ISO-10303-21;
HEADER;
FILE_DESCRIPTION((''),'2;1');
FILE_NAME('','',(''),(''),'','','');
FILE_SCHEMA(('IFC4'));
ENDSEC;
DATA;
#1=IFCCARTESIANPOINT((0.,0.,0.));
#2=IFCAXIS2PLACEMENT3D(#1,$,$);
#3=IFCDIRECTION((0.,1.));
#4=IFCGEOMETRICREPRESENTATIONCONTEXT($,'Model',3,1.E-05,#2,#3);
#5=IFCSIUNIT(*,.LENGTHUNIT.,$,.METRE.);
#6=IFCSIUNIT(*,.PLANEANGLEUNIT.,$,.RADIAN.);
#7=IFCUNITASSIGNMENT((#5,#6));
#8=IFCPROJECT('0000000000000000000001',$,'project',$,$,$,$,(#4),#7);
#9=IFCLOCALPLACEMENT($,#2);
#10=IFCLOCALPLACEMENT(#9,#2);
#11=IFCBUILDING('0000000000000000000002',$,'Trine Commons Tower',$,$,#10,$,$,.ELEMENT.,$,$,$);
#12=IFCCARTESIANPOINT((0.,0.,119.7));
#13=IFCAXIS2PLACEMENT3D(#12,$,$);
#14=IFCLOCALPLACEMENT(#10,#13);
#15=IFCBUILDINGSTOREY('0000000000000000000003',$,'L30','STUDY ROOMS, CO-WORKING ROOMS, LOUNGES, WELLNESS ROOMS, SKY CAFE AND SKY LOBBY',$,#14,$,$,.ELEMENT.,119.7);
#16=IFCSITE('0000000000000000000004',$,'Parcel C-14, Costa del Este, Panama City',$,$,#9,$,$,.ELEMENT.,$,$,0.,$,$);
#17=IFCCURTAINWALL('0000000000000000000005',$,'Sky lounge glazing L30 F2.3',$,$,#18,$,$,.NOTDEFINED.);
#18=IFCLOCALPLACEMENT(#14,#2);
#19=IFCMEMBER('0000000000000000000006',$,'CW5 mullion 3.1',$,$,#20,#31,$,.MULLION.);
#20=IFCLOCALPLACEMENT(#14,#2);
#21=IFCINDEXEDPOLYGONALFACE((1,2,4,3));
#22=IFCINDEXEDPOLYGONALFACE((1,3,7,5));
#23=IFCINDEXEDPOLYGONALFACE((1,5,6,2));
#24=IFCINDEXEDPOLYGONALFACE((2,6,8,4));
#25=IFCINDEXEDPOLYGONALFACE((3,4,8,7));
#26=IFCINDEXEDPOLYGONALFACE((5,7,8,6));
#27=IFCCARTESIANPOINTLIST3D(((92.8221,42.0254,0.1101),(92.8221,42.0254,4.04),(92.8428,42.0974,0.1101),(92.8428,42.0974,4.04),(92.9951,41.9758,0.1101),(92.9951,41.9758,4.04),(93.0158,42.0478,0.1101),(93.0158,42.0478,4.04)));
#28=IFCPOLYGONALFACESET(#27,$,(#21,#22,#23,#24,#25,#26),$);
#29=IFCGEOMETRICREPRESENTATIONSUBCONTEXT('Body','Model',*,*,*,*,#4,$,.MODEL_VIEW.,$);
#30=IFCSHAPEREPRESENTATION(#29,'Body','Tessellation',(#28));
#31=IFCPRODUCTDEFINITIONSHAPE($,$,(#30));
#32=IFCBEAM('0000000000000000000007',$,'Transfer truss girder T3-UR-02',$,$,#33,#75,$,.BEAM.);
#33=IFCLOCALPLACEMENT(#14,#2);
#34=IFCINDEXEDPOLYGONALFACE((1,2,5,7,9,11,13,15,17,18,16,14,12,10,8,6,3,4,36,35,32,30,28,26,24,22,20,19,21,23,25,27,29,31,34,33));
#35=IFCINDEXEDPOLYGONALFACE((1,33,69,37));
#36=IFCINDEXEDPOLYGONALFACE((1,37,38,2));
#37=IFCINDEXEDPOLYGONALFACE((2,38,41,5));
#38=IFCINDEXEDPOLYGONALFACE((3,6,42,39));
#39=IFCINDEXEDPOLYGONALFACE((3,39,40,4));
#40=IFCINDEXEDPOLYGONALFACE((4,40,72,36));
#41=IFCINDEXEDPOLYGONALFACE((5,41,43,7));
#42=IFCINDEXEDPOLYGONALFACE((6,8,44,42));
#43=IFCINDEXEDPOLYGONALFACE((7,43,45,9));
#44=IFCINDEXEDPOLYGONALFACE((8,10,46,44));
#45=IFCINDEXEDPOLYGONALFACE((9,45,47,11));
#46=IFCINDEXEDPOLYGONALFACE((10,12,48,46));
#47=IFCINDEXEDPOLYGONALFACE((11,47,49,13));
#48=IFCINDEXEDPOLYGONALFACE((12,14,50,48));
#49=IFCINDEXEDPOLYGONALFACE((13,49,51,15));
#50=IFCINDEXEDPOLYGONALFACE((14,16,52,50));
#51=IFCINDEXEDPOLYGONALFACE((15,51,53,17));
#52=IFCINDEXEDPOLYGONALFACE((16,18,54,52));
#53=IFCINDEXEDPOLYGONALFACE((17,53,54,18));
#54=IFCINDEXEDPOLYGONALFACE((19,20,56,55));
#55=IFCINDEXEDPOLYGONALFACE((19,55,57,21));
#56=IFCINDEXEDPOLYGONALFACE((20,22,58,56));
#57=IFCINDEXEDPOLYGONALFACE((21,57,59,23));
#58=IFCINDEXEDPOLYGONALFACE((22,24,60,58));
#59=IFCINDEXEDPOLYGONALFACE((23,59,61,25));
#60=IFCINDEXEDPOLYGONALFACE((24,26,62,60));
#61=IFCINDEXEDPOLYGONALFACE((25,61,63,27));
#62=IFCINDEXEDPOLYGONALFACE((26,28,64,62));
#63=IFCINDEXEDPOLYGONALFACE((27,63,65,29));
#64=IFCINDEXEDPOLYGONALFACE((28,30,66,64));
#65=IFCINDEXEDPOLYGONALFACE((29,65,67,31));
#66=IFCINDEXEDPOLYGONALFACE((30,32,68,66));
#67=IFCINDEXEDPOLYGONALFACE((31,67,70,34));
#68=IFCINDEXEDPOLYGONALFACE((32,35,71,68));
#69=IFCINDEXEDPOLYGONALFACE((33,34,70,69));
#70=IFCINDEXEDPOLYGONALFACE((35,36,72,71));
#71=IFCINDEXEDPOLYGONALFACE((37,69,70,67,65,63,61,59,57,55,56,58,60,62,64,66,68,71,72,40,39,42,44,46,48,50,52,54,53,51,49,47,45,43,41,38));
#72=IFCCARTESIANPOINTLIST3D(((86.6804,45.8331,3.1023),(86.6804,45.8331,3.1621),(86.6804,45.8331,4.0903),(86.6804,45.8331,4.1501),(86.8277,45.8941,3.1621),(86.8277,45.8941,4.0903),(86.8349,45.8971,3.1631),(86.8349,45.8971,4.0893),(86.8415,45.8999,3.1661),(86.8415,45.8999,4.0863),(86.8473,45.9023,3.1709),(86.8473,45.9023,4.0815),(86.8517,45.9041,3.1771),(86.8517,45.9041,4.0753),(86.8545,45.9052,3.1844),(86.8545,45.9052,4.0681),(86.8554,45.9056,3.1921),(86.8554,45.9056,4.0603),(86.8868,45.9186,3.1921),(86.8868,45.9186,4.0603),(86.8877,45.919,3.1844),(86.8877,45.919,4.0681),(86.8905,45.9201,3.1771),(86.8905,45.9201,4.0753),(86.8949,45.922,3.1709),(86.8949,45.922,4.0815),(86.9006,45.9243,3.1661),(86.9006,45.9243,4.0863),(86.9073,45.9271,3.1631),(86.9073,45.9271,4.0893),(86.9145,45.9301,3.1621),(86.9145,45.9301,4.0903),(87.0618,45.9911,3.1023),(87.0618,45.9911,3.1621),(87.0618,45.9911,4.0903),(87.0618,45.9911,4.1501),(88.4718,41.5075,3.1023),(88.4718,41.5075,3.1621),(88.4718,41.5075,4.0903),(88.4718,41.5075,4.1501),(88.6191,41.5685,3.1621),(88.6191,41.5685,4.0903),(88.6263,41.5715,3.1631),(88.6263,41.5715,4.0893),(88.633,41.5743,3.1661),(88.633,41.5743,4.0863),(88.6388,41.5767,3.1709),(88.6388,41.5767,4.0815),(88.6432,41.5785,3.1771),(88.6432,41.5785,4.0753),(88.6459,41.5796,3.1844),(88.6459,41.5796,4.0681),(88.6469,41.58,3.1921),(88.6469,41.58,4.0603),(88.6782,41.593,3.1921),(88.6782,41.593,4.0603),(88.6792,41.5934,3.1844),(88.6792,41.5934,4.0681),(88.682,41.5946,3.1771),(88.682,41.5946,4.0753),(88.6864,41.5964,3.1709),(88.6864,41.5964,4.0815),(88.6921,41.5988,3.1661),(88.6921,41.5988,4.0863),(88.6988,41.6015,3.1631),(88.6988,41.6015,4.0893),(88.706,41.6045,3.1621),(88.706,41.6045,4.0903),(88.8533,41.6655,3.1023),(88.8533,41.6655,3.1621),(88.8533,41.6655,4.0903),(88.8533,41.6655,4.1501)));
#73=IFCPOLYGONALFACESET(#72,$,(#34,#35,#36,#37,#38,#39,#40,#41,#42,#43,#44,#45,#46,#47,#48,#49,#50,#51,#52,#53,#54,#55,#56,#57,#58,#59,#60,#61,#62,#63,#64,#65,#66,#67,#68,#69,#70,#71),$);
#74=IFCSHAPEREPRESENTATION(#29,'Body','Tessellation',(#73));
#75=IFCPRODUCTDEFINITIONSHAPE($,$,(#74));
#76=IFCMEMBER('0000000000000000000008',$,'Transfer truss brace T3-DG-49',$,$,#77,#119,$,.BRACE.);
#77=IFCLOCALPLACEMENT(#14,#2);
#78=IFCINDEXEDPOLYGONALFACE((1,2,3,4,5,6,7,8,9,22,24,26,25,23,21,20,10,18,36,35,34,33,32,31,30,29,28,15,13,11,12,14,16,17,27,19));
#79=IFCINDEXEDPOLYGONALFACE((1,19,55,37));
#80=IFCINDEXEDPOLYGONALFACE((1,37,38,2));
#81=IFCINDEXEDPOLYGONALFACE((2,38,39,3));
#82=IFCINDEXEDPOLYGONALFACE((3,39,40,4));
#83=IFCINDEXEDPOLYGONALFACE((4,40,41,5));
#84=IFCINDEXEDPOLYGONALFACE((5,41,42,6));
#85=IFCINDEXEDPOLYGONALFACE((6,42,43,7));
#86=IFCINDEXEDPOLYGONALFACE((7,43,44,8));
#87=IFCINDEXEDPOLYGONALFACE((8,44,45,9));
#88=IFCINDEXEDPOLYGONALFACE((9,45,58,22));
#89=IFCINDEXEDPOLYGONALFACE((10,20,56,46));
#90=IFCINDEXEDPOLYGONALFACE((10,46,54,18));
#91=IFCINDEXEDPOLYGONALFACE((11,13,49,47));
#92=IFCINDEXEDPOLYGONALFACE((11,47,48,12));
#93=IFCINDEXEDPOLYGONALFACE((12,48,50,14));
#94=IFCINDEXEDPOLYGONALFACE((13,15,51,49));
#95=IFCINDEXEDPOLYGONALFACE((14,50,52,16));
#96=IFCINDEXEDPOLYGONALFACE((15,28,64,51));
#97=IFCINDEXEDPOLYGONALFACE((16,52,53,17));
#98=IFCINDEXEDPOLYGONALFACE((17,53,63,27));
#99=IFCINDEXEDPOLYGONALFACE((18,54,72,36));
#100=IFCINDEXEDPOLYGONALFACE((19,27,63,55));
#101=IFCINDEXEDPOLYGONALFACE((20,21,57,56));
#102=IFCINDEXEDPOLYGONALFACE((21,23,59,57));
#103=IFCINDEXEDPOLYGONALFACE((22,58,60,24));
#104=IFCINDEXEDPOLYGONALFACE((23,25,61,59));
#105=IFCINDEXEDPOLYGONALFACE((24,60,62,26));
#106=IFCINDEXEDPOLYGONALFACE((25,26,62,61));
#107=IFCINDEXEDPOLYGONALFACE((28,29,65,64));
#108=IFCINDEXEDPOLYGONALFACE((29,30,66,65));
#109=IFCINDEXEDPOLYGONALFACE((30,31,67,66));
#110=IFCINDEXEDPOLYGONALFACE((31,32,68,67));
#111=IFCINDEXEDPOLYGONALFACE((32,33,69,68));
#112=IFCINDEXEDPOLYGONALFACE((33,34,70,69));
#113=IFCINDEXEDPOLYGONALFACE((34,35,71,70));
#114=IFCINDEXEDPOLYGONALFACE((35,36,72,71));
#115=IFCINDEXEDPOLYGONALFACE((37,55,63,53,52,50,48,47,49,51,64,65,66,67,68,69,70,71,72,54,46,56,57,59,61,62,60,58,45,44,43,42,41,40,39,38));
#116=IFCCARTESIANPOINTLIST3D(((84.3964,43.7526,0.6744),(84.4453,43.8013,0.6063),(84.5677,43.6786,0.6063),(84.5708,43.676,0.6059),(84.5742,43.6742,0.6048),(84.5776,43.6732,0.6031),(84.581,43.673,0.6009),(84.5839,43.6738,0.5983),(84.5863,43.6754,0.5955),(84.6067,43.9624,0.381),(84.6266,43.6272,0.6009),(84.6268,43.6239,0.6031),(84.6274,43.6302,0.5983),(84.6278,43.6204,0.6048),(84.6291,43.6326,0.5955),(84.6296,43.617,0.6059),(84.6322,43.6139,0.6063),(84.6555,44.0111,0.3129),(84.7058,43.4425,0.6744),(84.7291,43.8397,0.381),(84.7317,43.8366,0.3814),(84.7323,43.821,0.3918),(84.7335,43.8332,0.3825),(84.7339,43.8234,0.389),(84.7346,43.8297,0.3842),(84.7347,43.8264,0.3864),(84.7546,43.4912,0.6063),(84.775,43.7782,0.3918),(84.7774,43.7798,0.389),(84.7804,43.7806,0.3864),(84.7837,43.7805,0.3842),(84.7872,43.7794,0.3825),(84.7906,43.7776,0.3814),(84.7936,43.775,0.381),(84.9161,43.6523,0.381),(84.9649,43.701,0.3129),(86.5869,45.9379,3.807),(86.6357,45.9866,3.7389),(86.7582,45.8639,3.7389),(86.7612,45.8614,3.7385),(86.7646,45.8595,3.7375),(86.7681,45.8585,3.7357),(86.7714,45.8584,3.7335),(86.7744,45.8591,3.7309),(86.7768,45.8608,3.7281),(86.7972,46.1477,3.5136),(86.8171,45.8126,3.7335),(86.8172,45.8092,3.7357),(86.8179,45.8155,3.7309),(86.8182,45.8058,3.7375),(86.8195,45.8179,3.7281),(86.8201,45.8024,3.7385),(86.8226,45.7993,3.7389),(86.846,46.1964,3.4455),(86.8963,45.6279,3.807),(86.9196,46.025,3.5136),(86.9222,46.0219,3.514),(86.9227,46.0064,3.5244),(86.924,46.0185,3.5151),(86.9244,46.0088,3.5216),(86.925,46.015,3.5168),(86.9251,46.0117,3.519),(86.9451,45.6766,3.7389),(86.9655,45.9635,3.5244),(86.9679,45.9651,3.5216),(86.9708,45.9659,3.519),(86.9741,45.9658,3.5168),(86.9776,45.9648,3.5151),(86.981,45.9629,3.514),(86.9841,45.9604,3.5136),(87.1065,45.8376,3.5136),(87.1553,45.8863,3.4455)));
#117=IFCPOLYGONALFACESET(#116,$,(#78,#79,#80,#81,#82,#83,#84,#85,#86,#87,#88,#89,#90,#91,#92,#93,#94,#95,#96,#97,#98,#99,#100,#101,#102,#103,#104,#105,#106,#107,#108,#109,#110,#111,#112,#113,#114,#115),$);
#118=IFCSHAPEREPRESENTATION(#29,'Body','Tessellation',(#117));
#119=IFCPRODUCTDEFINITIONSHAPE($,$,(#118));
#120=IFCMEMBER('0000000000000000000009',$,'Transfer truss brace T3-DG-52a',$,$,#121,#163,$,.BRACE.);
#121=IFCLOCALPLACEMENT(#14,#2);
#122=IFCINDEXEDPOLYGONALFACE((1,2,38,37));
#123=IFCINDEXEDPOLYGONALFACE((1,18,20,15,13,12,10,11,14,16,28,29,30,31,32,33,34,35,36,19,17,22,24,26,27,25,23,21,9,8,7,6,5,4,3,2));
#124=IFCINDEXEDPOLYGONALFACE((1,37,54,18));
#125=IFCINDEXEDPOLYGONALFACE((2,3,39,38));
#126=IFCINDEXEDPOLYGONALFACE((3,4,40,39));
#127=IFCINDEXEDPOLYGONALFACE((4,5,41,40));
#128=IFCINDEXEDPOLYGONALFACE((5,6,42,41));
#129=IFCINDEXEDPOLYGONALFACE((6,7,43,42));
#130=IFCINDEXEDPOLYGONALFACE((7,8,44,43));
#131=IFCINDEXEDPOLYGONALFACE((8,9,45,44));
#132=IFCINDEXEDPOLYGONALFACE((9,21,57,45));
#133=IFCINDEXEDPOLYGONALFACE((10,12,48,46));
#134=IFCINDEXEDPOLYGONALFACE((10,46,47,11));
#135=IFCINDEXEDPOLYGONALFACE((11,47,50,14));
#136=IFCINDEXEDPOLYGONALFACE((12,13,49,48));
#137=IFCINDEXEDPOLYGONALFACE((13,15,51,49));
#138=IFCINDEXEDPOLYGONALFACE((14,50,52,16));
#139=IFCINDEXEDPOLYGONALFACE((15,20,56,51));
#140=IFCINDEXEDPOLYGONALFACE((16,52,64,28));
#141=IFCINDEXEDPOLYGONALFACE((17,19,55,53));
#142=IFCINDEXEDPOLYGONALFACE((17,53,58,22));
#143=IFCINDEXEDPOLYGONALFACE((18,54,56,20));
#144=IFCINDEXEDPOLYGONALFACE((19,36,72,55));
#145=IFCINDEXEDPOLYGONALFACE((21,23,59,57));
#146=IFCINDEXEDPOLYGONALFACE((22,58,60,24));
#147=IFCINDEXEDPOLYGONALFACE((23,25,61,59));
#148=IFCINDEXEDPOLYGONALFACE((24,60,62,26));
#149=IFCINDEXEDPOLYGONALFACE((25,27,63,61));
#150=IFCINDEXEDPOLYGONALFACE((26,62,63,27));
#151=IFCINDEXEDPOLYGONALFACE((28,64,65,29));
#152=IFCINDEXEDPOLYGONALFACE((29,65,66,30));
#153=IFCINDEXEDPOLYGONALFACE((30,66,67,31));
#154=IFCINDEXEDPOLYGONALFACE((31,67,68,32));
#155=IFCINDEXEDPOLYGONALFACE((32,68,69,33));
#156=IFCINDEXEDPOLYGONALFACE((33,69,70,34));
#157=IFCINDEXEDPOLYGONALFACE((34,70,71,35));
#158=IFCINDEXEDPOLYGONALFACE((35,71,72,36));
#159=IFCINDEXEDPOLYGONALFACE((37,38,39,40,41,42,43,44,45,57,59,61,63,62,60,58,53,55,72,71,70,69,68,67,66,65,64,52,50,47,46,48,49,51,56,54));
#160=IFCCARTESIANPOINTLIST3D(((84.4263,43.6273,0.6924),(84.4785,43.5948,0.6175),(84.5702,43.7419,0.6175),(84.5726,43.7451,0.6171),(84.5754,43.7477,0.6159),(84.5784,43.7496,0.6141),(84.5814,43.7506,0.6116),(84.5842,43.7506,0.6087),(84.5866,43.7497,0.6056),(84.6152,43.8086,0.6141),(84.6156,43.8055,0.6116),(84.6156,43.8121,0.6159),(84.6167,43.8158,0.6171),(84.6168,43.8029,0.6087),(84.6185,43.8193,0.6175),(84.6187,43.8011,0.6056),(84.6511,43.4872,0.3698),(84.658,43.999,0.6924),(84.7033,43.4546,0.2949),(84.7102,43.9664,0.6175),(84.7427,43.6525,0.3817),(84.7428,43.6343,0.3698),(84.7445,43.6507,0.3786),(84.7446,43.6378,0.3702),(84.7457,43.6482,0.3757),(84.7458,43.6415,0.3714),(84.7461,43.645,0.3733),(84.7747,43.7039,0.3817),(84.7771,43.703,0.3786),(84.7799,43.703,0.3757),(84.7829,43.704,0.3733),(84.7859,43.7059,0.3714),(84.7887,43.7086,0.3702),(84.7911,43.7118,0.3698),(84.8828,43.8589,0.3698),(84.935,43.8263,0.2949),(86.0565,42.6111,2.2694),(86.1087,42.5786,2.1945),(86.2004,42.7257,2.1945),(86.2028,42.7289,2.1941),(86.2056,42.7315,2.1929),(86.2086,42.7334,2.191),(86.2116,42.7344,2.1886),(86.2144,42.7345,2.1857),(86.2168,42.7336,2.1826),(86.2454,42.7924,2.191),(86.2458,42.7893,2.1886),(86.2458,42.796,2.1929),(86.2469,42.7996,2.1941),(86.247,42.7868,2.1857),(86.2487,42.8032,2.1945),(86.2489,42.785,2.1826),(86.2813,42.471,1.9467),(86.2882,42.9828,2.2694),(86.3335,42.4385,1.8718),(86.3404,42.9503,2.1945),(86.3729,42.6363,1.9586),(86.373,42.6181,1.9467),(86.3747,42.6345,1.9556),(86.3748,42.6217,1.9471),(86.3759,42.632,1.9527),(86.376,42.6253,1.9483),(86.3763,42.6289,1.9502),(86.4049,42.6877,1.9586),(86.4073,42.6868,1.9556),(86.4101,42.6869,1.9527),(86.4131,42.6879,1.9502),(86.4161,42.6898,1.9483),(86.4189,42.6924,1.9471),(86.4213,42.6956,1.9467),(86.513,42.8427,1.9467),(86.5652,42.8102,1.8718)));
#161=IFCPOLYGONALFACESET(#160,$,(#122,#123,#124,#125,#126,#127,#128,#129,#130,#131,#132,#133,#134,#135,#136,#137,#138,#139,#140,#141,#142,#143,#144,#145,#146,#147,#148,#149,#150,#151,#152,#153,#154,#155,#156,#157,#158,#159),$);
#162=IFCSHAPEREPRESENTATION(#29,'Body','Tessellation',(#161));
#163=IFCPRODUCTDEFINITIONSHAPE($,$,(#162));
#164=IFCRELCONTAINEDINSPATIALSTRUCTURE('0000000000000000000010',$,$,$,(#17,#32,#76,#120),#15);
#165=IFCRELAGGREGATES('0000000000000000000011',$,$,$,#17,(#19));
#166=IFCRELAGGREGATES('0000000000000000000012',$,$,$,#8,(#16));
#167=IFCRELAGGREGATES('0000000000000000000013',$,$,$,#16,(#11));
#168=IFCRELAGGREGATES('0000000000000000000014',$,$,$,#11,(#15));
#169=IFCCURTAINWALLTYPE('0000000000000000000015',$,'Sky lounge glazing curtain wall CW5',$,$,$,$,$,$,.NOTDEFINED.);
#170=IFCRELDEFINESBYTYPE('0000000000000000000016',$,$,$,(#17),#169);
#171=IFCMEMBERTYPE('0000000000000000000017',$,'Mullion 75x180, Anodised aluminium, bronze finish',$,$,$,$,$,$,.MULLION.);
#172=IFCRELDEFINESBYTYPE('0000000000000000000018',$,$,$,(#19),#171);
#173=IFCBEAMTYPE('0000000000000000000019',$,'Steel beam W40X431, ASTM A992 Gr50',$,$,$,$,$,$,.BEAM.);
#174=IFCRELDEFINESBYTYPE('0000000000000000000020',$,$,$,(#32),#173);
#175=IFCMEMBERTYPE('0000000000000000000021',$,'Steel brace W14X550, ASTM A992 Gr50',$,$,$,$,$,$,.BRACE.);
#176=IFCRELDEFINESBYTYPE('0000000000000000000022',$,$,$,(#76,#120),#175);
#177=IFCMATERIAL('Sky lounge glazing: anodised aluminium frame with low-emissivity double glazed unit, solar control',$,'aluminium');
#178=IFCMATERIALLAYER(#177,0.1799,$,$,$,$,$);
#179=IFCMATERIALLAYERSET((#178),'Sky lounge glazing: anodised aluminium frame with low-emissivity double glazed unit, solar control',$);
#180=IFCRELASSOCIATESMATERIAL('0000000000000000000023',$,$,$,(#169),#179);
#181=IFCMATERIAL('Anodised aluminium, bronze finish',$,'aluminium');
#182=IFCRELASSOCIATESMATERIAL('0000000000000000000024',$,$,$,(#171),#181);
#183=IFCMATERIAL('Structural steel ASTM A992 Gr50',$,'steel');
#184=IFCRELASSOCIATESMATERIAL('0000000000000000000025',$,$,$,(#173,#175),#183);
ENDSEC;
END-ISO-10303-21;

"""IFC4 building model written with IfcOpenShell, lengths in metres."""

from ifc_helpers import new_model, si_unit, direction, frame, origin, origin_2d, place, context, subcontext, project, spatial, rectangle, i_section, extrude, material, layer, layer_set, material_profile, profile_set, type_object, element, aggregate, save


model = new_model("IFC4")

# Units and contexts
model_context = context("Model", 3, precision=1e-05, world=origin(), true_north=direction((0.0, 1.0)))
body_context = subcontext(model_context, "Body", "Model", "MODEL_VIEW")
ifc_project = project(units=[si_unit("LENGTHUNIT", "METRE"), si_unit("PLANEANGLEUNIT", "RADIAN")], contexts=[model_context])

# Site, building, storey
site_placement = place(None, origin())
site = spatial("IfcSite", under=ifc_project, at=site_placement, Name="Parcel C-14, Costa del Este, Panama City", CompositionType="ELEMENT", RefElevation=0.0)
building_placement = place(site_placement, origin())
building = spatial("IfcBuilding", under=site, at=building_placement, Name="Trine Commons Tower", CompositionType="ELEMENT")
storey_placement = place(building_placement, frame((0.0, 0.0, 119.7)))
storey = spatial("IfcBuildingStorey", under=building, at=storey_placement, Name="L30", Description="STUDY ROOMS, CO-WORKING ROOMS, LOUNGES, WELLNESS ROOMS, SKY CAFE AND SKY LOBBY", CompositionType="ELEMENT", Elevation=119.7)

# Curtain wall, member
ifc_material_1 = material(Name="Sky lounge glazing: anodised aluminium frame with low-emissivity double glazed unit, solar control", Category="aluminium")
ifc_layer_1 = layer(ifc_material_1, 0.1799)
ifc_layer_set_1 = layer_set([ifc_layer_1], Name="Sky lounge glazing: anodised aluminium frame with low-emissivity double glazed unit, solar control")
curtain_wall_type = type_object("IfcCurtainWallType", Name="Sky lounge glazing curtain wall CW5", PredefinedType="NOTDEFINED", material=ifc_layer_set_1)
curtain_wall_placement = place(storey_placement, origin())
curtain_wall = element("IfcCurtainWall", 1, at=curtain_wall_placement, inside=storey, type_object=curtain_wall_type, Name="Sky lounge glazing L30 F2.3", PredefinedType="NOTDEFINED")
ifc_material_2 = material(Name="Anodised aluminium, bronze finish", Category="aluminium")
ifc_material_profile_1 = material_profile(ifc_material_2, rectangle(XDim=0.1799, YDim=0.075, at=origin_2d()), Name="Mullion 75x180")
ifc_profile_set_1 = profile_set([ifc_material_profile_1], Name="Anodised aluminium, bronze finish")
member_type_1 = type_object("IfcMemberType", Name="Mullion 75x180, Anodised aluminium, bronze finish", PredefinedType="MULLION", material=ifc_profile_set_1)
member_1_placement = place(storey_placement, frame((92.9189, 42.0366, 0.1101), z_axis=(0.0, 0.0, 1.0), x_axis=(0.961262, -0.275637, 0.0)))
member_1 = element("IfcMember", 2, at=member_1_placement, type_object=member_type_1, Name="CW5 mullion 3.1", PredefinedType="MULLION", context=body_context, shape_type="SweptSolid", body=[
    extrude(rectangle(XDim=0.1799, YDim=0.075, at=origin_2d()), origin(), (0.0, 0.0, 1.0), 3.9299),
])

# Beam
ifc_material_3 = material(Name="Structural steel ASTM A992 Gr50", Category="steel")
ifc_material_profile_2 = material_profile(ifc_material_3, i_section(OverallWidth=0.4128, OverallDepth=1.0479, WebThickness=0.0339, FlangeThickness=0.0598, FilletRadius=0.03, at=origin_2d()), Name="W40X431")
ifc_profile_set_2 = profile_set([ifc_material_profile_2], Name="Structural steel ASTM A992 Gr50")
beam_type = type_object("IfcBeamType", Name="Steel beam W40X431, ASTM A992 Gr50", PredefinedType="BEAM", material=ifc_profile_set_2)
beam_placement = place(storey_placement, frame((86.8711, 45.9121, 3.6262), z_axis=(0.382637, -0.923899, 0.0), x_axis=(0.923899, 0.382637, 0.0)))
element("IfcBeam", 3, at=beam_placement, inside=storey, type_object=beam_type, Name="Transfer truss girder T3-UR-02", PredefinedType="BEAM", context=body_context, shape_type="SweptSolid", body=[
    extrude(i_section(OverallWidth=0.4128, OverallDepth=1.0479, WebThickness=0.0339, FlangeThickness=0.0598, FilletRadius=0.03, at=origin_2d()), origin(), (0.0, 0.0, 1.0), 4.6819),
])

# Members
ifc_material_profile_3 = material_profile(ifc_material_3, i_section(OverallWidth=0.438, OverallDepth=0.5144, WebThickness=0.0605, FlangeThickness=0.0969, FilletRadius=0.0154, at=origin_2d()), Name="W14X550")
ifc_profile_set_3 = profile_set([ifc_material_profile_3], Name="Structural steel ASTM A992 Gr50")
member_type_2 = type_object("IfcMemberType", Name="Steel brace W14X550, ASTM A992 Gr50", PredefinedType="BRACE", material=ifc_profile_set_3)
member_2_placement = place(storey_placement, frame((84.6807, 43.7268, 0.4937), z_axis=(0.497484, 0.49632, 0.71146), x_axis=(-0.706278, 0.707935, 0.0)))
element("IfcMember", 4, at=member_2_placement, inside=storey, type_object=member_type_2, Name="Transfer truss brace T3-DG-49", PredefinedType="BRACE", context=body_context, shape_type="SweptSolid", body=[
    extrude(i_section(OverallWidth=0.438, OverallDepth=0.5144, WebThickness=0.0605, FlangeThickness=0.0969, FilletRadius=0.0154, at=origin_2d()), origin(), (0.0, 0.0, 1.0), 4.4031),
])
member_3_placement = place(storey_placement, frame((84.6807, 43.7268, 0.4937), z_axis=(0.655923, -0.408859, 0.634507), x_axis=(0.528982, 0.848633, 0.0)))
element("IfcMember", 5, at=member_3_placement, inside=storey, type_object=member_type_2, Name="Transfer truss brace T3-DG-52a", PredefinedType="BRACE", context=body_context, shape_type="SweptSolid", body=[
    extrude(i_section(OverallWidth=0.438, OverallDepth=0.5144, WebThickness=0.0605, FlangeThickness=0.0969, FilletRadius=0.0154, at=origin_2d()), origin(), (0.0, 0.0, 1.0), 2.4854),
])

aggregate(curtain_wall, [member_1])

save(model, "model.ifc")
